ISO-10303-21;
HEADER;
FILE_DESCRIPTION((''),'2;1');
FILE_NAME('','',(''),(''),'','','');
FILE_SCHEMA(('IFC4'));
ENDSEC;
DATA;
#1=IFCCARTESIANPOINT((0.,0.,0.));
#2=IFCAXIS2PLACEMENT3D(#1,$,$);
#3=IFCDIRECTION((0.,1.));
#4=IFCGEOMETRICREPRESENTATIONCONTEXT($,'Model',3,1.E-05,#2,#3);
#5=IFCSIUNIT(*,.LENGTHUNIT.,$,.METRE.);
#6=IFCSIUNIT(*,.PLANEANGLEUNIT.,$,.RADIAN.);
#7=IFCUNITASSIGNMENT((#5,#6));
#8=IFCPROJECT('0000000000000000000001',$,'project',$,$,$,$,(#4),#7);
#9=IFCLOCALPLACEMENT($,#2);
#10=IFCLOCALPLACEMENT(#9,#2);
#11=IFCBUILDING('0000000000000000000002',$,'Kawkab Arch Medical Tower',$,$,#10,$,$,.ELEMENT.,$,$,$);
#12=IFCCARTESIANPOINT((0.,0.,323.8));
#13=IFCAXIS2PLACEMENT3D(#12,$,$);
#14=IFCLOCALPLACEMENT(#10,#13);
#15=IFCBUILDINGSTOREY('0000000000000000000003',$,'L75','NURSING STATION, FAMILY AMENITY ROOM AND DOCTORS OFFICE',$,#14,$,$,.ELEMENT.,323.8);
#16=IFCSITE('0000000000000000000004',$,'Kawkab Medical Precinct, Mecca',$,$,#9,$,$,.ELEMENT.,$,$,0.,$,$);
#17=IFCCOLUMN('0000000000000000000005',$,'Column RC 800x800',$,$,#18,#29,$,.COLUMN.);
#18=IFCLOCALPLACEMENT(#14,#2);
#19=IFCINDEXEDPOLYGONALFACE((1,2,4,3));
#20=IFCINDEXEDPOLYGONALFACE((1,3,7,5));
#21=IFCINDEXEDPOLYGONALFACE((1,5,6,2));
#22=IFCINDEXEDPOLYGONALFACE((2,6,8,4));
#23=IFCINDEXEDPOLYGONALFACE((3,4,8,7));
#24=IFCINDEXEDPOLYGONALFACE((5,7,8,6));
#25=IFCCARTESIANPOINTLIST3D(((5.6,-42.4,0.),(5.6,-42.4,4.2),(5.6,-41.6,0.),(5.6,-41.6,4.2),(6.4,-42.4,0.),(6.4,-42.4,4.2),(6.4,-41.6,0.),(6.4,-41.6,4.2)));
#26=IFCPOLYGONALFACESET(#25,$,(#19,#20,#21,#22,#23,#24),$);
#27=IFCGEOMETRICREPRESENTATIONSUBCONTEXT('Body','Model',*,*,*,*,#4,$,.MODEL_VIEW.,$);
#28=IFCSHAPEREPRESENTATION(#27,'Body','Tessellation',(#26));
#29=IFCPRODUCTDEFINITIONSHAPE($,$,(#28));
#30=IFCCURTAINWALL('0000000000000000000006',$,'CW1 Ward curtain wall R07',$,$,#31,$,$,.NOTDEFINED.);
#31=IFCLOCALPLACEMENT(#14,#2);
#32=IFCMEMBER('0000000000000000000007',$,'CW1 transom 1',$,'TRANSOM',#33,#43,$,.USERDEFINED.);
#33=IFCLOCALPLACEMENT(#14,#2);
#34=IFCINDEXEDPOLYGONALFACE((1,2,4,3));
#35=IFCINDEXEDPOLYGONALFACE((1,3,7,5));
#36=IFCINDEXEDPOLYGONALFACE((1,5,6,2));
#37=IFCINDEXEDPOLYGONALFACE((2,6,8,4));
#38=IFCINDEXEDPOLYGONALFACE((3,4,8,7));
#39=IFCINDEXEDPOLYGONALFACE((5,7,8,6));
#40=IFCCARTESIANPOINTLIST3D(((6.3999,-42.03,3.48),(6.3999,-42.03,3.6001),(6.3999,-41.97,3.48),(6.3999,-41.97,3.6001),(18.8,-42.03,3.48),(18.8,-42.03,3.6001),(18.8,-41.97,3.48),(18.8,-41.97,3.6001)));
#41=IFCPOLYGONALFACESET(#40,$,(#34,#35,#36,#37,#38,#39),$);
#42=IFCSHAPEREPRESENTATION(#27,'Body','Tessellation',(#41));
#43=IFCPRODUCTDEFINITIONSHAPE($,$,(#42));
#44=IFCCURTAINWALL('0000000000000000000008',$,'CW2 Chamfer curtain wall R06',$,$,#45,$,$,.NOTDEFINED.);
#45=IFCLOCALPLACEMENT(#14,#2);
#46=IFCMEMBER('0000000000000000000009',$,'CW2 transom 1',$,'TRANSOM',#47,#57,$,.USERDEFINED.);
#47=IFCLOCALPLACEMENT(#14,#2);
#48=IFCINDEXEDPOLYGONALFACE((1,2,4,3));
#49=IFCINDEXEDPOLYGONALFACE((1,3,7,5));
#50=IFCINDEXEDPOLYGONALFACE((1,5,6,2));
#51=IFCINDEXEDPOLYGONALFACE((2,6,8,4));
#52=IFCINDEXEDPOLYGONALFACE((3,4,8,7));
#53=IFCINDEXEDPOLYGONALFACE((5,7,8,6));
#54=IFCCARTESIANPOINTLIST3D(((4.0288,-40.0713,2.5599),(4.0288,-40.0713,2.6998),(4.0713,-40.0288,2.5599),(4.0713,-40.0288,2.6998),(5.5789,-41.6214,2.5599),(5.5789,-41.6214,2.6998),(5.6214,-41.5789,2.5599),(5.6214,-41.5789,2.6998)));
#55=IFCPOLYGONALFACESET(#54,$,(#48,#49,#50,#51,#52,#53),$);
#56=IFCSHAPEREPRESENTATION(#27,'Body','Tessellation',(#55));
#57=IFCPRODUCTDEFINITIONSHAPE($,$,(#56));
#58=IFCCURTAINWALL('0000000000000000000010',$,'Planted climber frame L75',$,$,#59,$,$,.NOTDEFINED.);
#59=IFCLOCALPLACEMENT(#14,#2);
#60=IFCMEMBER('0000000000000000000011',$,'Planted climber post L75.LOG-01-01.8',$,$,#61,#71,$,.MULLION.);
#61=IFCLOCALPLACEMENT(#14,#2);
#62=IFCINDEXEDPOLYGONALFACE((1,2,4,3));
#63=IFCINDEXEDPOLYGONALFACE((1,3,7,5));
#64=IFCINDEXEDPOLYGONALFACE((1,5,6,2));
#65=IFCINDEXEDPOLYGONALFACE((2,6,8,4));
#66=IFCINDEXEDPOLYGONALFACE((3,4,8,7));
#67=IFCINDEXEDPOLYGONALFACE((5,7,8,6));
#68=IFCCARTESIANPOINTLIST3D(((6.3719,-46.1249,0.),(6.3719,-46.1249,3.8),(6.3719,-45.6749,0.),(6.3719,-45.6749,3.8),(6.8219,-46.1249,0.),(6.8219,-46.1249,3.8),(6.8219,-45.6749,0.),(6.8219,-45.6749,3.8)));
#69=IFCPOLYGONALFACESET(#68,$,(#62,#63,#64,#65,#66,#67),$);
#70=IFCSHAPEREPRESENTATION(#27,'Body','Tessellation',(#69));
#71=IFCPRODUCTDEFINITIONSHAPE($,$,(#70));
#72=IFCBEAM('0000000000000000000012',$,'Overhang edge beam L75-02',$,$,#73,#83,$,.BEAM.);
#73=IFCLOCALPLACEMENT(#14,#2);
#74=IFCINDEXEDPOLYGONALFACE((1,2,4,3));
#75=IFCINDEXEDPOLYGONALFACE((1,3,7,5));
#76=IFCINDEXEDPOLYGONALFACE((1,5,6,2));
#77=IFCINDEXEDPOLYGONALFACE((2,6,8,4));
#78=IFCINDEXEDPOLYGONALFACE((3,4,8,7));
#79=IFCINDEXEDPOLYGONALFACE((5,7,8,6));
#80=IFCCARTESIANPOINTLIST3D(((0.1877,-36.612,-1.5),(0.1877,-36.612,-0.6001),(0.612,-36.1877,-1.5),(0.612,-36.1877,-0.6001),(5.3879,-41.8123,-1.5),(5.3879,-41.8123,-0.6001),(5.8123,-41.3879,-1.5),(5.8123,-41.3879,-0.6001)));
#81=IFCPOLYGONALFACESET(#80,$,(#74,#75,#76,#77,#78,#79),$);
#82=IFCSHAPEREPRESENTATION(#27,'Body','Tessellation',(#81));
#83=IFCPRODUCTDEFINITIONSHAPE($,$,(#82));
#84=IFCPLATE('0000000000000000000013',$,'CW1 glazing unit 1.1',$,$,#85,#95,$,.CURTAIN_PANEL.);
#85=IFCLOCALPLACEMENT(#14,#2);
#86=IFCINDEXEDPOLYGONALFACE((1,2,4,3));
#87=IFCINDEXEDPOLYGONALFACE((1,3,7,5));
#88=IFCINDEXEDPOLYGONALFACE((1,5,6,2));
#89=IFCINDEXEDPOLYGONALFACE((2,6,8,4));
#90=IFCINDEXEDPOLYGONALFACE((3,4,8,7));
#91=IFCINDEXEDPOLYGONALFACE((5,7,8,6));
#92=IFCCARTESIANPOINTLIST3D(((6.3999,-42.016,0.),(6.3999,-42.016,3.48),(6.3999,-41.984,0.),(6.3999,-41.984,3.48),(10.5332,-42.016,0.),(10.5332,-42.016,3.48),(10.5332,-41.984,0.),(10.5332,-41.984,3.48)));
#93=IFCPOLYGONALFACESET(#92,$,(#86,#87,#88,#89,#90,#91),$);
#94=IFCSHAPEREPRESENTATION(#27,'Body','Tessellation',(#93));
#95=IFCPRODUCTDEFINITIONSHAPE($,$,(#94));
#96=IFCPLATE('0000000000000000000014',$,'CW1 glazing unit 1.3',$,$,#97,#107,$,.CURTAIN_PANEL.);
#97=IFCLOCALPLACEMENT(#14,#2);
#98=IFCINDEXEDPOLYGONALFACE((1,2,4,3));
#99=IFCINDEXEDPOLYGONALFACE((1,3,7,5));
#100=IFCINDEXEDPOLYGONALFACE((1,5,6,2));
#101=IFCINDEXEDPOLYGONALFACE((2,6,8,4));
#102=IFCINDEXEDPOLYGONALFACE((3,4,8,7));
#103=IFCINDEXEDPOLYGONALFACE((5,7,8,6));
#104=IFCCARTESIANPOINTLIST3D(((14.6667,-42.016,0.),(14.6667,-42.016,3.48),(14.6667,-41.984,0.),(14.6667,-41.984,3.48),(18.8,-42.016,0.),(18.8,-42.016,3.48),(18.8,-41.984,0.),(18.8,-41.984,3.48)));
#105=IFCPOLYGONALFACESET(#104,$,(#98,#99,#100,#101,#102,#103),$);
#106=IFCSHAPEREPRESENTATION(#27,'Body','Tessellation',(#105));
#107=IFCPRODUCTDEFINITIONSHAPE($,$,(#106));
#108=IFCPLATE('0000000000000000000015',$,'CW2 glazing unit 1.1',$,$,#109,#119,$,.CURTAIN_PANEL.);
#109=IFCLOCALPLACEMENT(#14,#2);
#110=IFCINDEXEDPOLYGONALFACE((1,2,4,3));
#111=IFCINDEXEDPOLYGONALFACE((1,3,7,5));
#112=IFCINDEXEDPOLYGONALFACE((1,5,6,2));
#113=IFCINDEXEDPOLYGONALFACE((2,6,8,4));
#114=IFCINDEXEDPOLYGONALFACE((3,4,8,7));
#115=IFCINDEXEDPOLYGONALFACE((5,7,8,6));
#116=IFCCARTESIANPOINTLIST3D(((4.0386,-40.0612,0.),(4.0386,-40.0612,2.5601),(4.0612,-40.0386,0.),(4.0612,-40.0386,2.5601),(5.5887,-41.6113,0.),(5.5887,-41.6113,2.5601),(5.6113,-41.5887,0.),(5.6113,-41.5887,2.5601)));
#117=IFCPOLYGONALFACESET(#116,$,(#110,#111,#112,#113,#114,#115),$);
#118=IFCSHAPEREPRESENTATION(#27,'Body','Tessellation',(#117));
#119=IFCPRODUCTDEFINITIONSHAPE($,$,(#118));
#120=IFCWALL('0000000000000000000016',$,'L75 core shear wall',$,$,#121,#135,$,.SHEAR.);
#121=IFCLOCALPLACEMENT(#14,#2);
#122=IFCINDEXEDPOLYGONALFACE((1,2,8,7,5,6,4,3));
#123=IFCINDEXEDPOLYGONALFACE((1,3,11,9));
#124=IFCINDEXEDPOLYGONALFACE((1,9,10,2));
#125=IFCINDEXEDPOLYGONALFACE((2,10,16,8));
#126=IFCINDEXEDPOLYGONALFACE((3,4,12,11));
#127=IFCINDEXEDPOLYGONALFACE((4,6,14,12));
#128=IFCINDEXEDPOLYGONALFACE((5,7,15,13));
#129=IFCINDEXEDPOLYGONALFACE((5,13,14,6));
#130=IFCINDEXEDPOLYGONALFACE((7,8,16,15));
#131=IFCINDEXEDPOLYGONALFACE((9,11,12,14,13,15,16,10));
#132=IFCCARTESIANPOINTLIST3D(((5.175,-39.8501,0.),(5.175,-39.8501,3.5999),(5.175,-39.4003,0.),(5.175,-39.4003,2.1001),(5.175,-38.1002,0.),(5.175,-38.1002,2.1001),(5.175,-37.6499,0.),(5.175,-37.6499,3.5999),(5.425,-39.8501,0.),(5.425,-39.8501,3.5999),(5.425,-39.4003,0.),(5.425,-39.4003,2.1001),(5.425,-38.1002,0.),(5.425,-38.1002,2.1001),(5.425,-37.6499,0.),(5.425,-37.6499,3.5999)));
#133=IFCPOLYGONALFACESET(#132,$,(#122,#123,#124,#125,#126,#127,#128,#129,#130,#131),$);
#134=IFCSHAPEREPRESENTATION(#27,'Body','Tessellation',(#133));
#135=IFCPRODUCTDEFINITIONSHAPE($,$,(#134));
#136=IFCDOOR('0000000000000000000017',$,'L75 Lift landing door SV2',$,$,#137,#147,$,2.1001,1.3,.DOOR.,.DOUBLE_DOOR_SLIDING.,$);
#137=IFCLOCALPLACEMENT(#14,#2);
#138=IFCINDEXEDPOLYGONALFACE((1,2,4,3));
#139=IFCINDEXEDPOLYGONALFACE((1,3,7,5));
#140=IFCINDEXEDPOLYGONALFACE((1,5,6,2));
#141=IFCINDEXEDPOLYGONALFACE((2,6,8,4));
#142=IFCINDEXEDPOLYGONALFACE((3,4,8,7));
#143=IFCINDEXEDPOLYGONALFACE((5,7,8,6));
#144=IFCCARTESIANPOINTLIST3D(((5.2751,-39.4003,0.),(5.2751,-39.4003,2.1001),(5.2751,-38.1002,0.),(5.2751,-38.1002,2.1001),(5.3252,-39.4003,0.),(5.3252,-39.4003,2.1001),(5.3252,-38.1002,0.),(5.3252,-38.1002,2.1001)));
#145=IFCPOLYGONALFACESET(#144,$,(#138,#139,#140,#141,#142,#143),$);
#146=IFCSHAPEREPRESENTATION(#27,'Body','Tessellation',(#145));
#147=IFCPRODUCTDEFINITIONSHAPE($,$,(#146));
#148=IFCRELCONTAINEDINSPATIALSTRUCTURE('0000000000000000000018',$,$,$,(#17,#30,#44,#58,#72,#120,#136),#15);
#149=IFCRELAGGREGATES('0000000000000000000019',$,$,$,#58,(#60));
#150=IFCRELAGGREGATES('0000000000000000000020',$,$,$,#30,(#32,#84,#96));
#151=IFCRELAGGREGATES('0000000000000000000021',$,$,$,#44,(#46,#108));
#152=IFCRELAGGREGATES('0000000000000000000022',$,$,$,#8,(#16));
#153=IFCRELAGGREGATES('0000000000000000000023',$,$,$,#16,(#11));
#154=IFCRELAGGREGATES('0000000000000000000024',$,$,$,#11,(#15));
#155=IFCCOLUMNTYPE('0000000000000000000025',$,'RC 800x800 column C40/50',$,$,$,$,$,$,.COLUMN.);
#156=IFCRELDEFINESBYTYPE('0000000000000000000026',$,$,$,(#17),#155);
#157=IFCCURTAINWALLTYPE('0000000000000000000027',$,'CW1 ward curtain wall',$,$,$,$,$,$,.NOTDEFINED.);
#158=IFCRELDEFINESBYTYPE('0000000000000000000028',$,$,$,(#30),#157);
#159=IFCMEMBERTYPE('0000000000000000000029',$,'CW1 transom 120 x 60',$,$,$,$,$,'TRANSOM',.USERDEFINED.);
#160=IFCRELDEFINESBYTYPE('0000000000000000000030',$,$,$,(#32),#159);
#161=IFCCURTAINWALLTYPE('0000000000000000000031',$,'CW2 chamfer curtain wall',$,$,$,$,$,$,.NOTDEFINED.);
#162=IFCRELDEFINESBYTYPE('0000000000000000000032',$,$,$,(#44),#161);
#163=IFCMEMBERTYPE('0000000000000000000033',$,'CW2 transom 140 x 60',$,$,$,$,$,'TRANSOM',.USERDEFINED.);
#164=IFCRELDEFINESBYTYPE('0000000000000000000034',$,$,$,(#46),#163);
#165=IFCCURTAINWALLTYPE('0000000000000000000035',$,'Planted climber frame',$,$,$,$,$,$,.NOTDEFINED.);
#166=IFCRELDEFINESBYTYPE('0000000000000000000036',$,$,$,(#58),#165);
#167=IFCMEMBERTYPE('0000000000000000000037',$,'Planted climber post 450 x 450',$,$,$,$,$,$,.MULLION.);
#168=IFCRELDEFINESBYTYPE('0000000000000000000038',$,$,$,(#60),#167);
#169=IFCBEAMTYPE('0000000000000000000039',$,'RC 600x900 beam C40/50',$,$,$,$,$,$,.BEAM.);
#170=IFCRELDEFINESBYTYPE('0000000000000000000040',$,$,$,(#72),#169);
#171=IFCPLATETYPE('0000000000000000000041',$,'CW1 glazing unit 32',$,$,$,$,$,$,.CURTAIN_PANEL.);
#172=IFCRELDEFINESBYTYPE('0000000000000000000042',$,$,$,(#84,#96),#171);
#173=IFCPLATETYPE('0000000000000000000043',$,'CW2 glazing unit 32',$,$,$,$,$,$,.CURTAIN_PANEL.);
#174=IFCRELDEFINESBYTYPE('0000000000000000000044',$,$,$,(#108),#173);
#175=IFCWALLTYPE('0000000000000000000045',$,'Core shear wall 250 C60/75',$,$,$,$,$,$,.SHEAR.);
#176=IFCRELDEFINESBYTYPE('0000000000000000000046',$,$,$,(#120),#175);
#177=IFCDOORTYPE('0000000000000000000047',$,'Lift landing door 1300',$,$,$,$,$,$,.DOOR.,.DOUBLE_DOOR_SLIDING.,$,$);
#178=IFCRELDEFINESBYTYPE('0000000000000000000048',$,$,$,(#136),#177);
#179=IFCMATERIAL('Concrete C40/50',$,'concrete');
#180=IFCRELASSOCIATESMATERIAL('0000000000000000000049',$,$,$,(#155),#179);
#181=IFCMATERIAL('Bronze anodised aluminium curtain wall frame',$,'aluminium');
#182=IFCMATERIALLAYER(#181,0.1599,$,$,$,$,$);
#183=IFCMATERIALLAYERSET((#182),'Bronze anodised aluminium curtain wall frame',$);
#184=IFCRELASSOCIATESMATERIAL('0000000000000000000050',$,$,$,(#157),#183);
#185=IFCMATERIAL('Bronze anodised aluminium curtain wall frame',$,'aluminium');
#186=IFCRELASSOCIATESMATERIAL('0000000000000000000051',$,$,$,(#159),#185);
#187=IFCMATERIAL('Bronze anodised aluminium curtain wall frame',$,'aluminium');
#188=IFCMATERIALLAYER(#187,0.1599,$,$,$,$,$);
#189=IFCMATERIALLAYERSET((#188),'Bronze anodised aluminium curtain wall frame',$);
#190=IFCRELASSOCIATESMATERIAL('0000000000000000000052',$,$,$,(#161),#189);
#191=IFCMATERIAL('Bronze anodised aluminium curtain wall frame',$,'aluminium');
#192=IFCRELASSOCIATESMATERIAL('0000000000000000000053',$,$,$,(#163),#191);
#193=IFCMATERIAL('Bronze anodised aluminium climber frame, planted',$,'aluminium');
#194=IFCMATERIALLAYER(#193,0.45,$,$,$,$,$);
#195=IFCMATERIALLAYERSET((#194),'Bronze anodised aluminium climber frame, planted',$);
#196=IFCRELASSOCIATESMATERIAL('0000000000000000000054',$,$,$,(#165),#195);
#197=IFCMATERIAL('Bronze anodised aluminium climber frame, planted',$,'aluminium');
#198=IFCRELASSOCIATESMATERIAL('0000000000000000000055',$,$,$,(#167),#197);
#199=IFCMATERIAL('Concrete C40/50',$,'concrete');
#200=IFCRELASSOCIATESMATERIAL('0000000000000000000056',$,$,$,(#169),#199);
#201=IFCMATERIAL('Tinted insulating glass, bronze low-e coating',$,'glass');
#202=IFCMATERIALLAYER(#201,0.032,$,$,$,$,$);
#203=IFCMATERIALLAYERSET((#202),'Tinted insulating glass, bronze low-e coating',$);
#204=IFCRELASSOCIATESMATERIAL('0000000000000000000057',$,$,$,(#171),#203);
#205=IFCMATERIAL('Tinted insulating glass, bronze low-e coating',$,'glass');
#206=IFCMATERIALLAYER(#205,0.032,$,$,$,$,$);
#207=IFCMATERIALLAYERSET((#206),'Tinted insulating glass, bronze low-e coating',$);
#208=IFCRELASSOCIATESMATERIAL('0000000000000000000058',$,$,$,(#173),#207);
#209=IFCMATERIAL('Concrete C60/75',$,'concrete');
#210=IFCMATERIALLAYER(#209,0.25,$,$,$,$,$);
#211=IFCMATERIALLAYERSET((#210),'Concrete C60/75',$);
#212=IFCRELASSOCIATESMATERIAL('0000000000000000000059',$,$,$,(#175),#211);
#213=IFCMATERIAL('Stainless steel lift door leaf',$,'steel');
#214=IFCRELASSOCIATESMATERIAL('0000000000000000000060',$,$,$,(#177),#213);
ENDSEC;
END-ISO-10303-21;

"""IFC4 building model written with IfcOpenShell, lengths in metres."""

from ifc_helpers import new_model, si_unit, direction, frame, frame_2d, origin, origin_2d, place, context, subcontext, project, spatial, rectangle, extrude, material, layer, layer_set, material_profile, profile_set, type_object, element, fill, aggregate, save


model = new_model("IFC4")

# Units and contexts
model_context = context("Model", 3, precision=1e-05, world=origin(), true_north=direction((0.0, 1.0)))
body_context = subcontext(model_context, "Body", "Model", "MODEL_VIEW")
ifc_project = project(units=[si_unit("LENGTHUNIT", "METRE"), si_unit("PLANEANGLEUNIT", "RADIAN")], contexts=[model_context])

# Site, building, storey
site_placement = place(None, origin())
site = spatial("IfcSite", under=ifc_project, at=site_placement, Name="Kawkab Medical Precinct, Mecca", CompositionType="ELEMENT", RefElevation=0.0)
building_placement = place(site_placement, origin())
building = spatial("IfcBuilding", under=site, at=building_placement, Name="Kawkab Arch Medical Tower", CompositionType="ELEMENT")
storey_placement = place(building_placement, frame((0.0, 0.0, 323.8)))
storey = spatial("IfcBuildingStorey", under=building, at=storey_placement, Name="L75", Description="NURSING STATION, FAMILY AMENITY ROOM AND DOCTORS OFFICE", CompositionType="ELEMENT", Elevation=323.8)

# Column
ifc_material_1 = material(Name="Concrete C40/50", Category="concrete")
ifc_material_profile_1 = material_profile(ifc_material_1, rectangle(XDim=0.8, YDim=0.8, at=origin_2d()), Name="RC 800x800")
ifc_profile_set_1 = profile_set([ifc_material_profile_1], Name="Concrete C40/50")
column_type = type_object("IfcColumnType", Name="RC 800x800 column C40/50", PredefinedType="COLUMN", material=ifc_profile_set_1)
column_placement = place(storey_placement, frame((6.0, -42.0, 0.0), z_axis=(0.0, 0.0, 1.0), x_axis=(1.0, 0.0, 0.0)))
element("IfcColumn", 1, at=column_placement, inside=storey, type_object=column_type, Name="Column RC 800x800", PredefinedType="COLUMN", context=body_context, shape_type="SweptSolid", body=[
    extrude(rectangle(XDim=0.8, YDim=0.8, at=origin_2d()), origin(), (0.0, 0.0, 1.0), 4.2),
])

# Curtain walls, members
ifc_material_2 = material(Name="Bronze anodised aluminium curtain wall frame", Category="aluminium")
ifc_layer_1 = layer(ifc_material_2, 0.1599)
ifc_layer_set_1 = layer_set([ifc_layer_1], Name="Bronze anodised aluminium curtain wall frame")
curtain_wall_type_1 = type_object("IfcCurtainWallType", Name="CW1 ward curtain wall", PredefinedType="NOTDEFINED", material=ifc_layer_set_1)
placement = place(storey_placement, origin())
curtain_wall_1 = element("IfcCurtainWall", 2, at=placement, inside=storey, type_object=curtain_wall_type_1, Name="CW1 Ward curtain wall R07", PredefinedType="NOTDEFINED")
ifc_material_3 = material(Name="Bronze anodised aluminium curtain wall frame", Category="aluminium")
ifc_material_profile_2 = material_profile(ifc_material_3, rectangle(XDim=0.0601, YDim=0.1201, at=origin_2d()), Name="AL 60x120")
ifc_profile_set_2 = profile_set([ifc_material_profile_2], Name="Bronze anodised aluminium curtain wall frame")
member_type_1 = type_object("IfcMemberType", Name="CW1 transom 120 x 60", ElementType="TRANSOM", PredefinedType="USERDEFINED", material=ifc_profile_set_2)
member_1_placement = place(storey_placement, frame((6.3999, -42.0, 3.54), z_axis=(1.0, 0.0, 0.0), x_axis=(0.0, 1.0, 0.0)))
member_1 = element("IfcMember", 3, at=member_1_placement, type_object=member_type_1, Name="CW1 transom 1", ObjectType="TRANSOM", PredefinedType="USERDEFINED", context=body_context, shape_type="SweptSolid", body=[
    extrude(rectangle(XDim=0.0601, YDim=0.1201, at=origin_2d()), origin(), (0.0, 0.0, 1.0), 12.4001),
])
ifc_material_4 = material(Name="Bronze anodised aluminium curtain wall frame", Category="aluminium")
ifc_layer_2 = layer(ifc_material_4, 0.1599)
ifc_layer_set_2 = layer_set([ifc_layer_2], Name="Bronze anodised aluminium curtain wall frame")
curtain_wall_type_2 = type_object("IfcCurtainWallType", Name="CW2 chamfer curtain wall", PredefinedType="NOTDEFINED", material=ifc_layer_set_2)
curtain_wall_2 = element("IfcCurtainWall", 4, at=placement, inside=storey, type_object=curtain_wall_type_2, Name="CW2 Chamfer curtain wall R06", PredefinedType="NOTDEFINED")
ifc_material_5 = material(Name="Bronze anodised aluminium curtain wall frame", Category="aluminium")
ifc_material_profile_3 = material_profile(ifc_material_5, rectangle(XDim=0.0601, YDim=0.1399, at=origin_2d()), Name="AL 60x140")
ifc_profile_set_3 = profile_set([ifc_material_profile_3], Name="Bronze anodised aluminium curtain wall frame")
member_type_2 = type_object("IfcMemberType", Name="CW2 transom 140 x 60", ElementType="TRANSOM", PredefinedType="USERDEFINED", material=ifc_profile_set_3)
member_2_placement = place(storey_placement, frame((4.05, -40.05, 2.6299), z_axis=(0.707107, -0.707107, 0.0), x_axis=(0.707107, 0.707107, 0.0)))
member_2 = element("IfcMember", 5, at=member_2_placement, type_object=member_type_2, Name="CW2 transom 1", ObjectType="TRANSOM", PredefinedType="USERDEFINED", context=body_context, shape_type="SweptSolid", body=[
    extrude(rectangle(XDim=0.0601, YDim=0.1399, at=origin_2d()), origin(), (0.0, 0.0, 1.0), 2.1921),
])
ifc_material_6 = material(Name="Bronze anodised aluminium climber frame, planted", Category="aluminium")
ifc_layer_3 = layer(ifc_material_6, 0.45)
ifc_layer_set_3 = layer_set([ifc_layer_3], Name="Bronze anodised aluminium climber frame, planted")
curtain_wall_type_3 = type_object("IfcCurtainWallType", Name="Planted climber frame", PredefinedType="NOTDEFINED", material=ifc_layer_set_3)
curtain_wall_3 = element("IfcCurtainWall", 6, at=placement, inside=storey, type_object=curtain_wall_type_3, Name="Planted climber frame L75", PredefinedType="NOTDEFINED")
ifc_material_7 = material(Name="Bronze anodised aluminium climber frame, planted", Category="aluminium")
ifc_material_profile_4 = material_profile(ifc_material_7, rectangle(XDim=0.45, YDim=0.45, at=origin_2d()), Name="Post 450x450")
ifc_profile_set_4 = profile_set([ifc_material_profile_4], Name="Bronze anodised aluminium climber frame, planted")
member_type_3 = type_object("IfcMemberType", Name="Planted climber post 450 x 450", PredefinedType="MULLION", material=ifc_profile_set_4)
member_3_placement = place(storey_placement, frame((6.5969, -45.8999, 0.0), z_axis=(0.0, 0.0, 1.0), x_axis=(1.0, 0.0, 0.0)))
member_3 = element("IfcMember", 7, at=member_3_placement, type_object=member_type_3, Name="Planted climber post L75.LOG-01-01.8", PredefinedType="MULLION", context=body_context, shape_type="SweptSolid", body=[
    extrude(rectangle(XDim=0.45, YDim=0.45, at=origin_2d()), origin(), (0.0, 0.0, 1.0), 3.8),
])
aggregate(curtain_wall_3, [member_3])

# Beam
ifc_material_8 = material(Name="Concrete C40/50", Category="concrete")
ifc_material_profile_5 = material_profile(ifc_material_8, rectangle(XDim=0.6001, YDim=0.8999, at=origin_2d()), Name="RC 600x900")
ifc_profile_set_5 = profile_set([ifc_material_profile_5], Name="Concrete C40/50")
beam_type = type_object("IfcBeamType", Name="RC 600x900 beam C40/50", PredefinedType="BEAM", material=ifc_profile_set_5)
beam_placement = place(storey_placement, frame((5.6001, -41.6001, -1.05), z_axis=(-0.707107, 0.707107, 0.0), x_axis=(-0.707107, -0.707107, 0.0)))
element("IfcBeam", 8, at=beam_placement, inside=storey, type_object=beam_type, Name="Overhang edge beam L75-02", PredefinedType="BEAM", context=body_context, shape_type="SweptSolid", body=[
    extrude(rectangle(XDim=0.6001, YDim=0.8999, at=origin_2d()), origin(), (0.0, 0.0, 1.0), 7.3542),
])

# Plates
ifc_material_9 = material(Name="Tinted insulating glass, bronze low-e coating", Category="glass")
ifc_layer_4 = layer(ifc_material_9, 0.032)
ifc_layer_set_4 = layer_set([ifc_layer_4], Name="Tinted insulating glass, bronze low-e coating")
plate_type_1 = type_object("IfcPlateType", Name="CW1 glazing unit 32", PredefinedType="CURTAIN_PANEL", material=ifc_layer_set_4)
plate_1_placement = place(storey_placement, frame((8.4666, -42.0, 0.0), z_axis=(0.0, 0.0, 1.0), x_axis=(1.0, 0.0, 0.0)))
plate_1 = element("IfcPlate", 9, at=plate_1_placement, type_object=plate_type_1, Name="CW1 glazing unit 1.1", PredefinedType="CURTAIN_PANEL", context=body_context, shape_type="SweptSolid", body=[
    extrude(rectangle(XDim=4.1333, YDim=0.032, at=origin_2d()), origin(), (0.0, 0.0, 1.0), 3.48),
])
plate_2_placement = place(storey_placement, frame((16.7334, -42.0, 0.0), z_axis=(0.0, 0.0, 1.0), x_axis=(1.0, 0.0, 0.0)))
plate_2 = element("IfcPlate", 10, at=plate_2_placement, type_object=plate_type_1, Name="CW1 glazing unit 1.3", PredefinedType="CURTAIN_PANEL", context=body_context, shape_type="SweptSolid", body=[
    extrude(rectangle(XDim=4.1333, YDim=0.032, at=origin_2d()), origin(), (0.0, 0.0, 1.0), 3.48),
])
aggregate(curtain_wall_1, [member_1, plate_1, plate_2])
ifc_material_10 = material(Name="Tinted insulating glass, bronze low-e coating", Category="glass")
ifc_layer_5 = layer(ifc_material_10, 0.032)
ifc_layer_set_5 = layer_set([ifc_layer_5], Name="Tinted insulating glass, bronze low-e coating")
plate_type_2 = type_object("IfcPlateType", Name="CW2 glazing unit 32", PredefinedType="CURTAIN_PANEL", material=ifc_layer_set_5)
plate_3_placement = place(storey_placement, frame((4.825, -40.825, 0.0), z_axis=(0.0, 0.0, 1.0), x_axis=(0.707107, -0.707107, 0.0)))
plate_3 = element("IfcPlate", 11, at=plate_3_placement, type_object=plate_type_2, Name="CW2 glazing unit 1.1", PredefinedType="CURTAIN_PANEL", context=body_context, shape_type="SweptSolid", body=[
    extrude(rectangle(XDim=2.1921, YDim=0.032, at=origin_2d()), origin(), (0.0, 0.0, 1.0), 2.5601),
])
aggregate(curtain_wall_2, [member_2, plate_3])

# Wall, opening, door
ifc_material_11 = material(Name="Concrete C60/75", Category="concrete")
ifc_layer_6 = layer(ifc_material_11, 0.25)
ifc_layer_set_6 = layer_set([ifc_layer_6], Name="Concrete C60/75")
wall_type_1 = type_object("IfcWallType", Name="Core shear wall 250 C60/75", PredefinedType="SHEAR", material=ifc_layer_set_6)
wall_1_placement = place(storey_placement, frame((5.3, -39.8501, 0.0), z_axis=(0.0, 0.0, 1.0), x_axis=(0.0, 1.0, 0.0)))
wall_1 = element("IfcWall", 12, at=wall_1_placement, inside=storey, type_object=wall_type_1, Name="L75 core shear wall", PredefinedType="SHEAR", context=body_context, shape_type="SweptSolid", body=[
    extrude(rectangle(XDim=2.2002, YDim=0.25, at=frame_2d((1.1001, 0.0))), origin(), (0.0, 0.0, 1.0), 3.5999),
])
opening_1_placement = place(wall_1_placement, frame((0.45, 0.0, 0.0)))
opening_1 = element("IfcOpeningElement", 13, at=opening_1_placement, cuts=wall_1, PredefinedType="OPENING", context=body_context, shape_type="SweptSolid", body=[
    extrude(rectangle(XDim=1.3, YDim=2.1001, at=frame_2d((0.6499, 1.05))), frame((0.0, 0.135, 0.0), z_axis=(0.0, -1.0, 0.0), x_axis=(1.0, 0.0, 0.0)), (0.0, 0.0, 1.0), 0.27),
])
ifc_material_12 = material(Name="Stainless steel lift door leaf", Category="steel")
door_type_1 = type_object("IfcDoorType", Name="Lift landing door 1300", OperationType="DOUBLE_DOOR_SLIDING", PredefinedType="DOOR", material=ifc_material_12)
door_1_placement = place(opening_1_placement, origin())
door_1 = element("IfcDoor", 14, at=door_1_placement, inside=storey, type_object=door_type_1, Name="L75 Lift landing door SV2", OperationType="DOUBLE_DOOR_SLIDING", OverallHeight=2.1001, OverallWidth=1.3, PredefinedType="DOOR", context=body_context, shape_type="SweptSolid", body=[
    extrude(rectangle(XDim=1.3, YDim=2.1001, at=frame_2d((0.6499, 1.05))), frame((0.0, 0.0249, 0.0), z_axis=(0.0, -1.0, 0.0), x_axis=(1.0, 0.0, 0.0)), (0.0, 0.0, 1.0), 0.05),
])
fill(opening_1, door_1)

save(model, "model.ifc")
